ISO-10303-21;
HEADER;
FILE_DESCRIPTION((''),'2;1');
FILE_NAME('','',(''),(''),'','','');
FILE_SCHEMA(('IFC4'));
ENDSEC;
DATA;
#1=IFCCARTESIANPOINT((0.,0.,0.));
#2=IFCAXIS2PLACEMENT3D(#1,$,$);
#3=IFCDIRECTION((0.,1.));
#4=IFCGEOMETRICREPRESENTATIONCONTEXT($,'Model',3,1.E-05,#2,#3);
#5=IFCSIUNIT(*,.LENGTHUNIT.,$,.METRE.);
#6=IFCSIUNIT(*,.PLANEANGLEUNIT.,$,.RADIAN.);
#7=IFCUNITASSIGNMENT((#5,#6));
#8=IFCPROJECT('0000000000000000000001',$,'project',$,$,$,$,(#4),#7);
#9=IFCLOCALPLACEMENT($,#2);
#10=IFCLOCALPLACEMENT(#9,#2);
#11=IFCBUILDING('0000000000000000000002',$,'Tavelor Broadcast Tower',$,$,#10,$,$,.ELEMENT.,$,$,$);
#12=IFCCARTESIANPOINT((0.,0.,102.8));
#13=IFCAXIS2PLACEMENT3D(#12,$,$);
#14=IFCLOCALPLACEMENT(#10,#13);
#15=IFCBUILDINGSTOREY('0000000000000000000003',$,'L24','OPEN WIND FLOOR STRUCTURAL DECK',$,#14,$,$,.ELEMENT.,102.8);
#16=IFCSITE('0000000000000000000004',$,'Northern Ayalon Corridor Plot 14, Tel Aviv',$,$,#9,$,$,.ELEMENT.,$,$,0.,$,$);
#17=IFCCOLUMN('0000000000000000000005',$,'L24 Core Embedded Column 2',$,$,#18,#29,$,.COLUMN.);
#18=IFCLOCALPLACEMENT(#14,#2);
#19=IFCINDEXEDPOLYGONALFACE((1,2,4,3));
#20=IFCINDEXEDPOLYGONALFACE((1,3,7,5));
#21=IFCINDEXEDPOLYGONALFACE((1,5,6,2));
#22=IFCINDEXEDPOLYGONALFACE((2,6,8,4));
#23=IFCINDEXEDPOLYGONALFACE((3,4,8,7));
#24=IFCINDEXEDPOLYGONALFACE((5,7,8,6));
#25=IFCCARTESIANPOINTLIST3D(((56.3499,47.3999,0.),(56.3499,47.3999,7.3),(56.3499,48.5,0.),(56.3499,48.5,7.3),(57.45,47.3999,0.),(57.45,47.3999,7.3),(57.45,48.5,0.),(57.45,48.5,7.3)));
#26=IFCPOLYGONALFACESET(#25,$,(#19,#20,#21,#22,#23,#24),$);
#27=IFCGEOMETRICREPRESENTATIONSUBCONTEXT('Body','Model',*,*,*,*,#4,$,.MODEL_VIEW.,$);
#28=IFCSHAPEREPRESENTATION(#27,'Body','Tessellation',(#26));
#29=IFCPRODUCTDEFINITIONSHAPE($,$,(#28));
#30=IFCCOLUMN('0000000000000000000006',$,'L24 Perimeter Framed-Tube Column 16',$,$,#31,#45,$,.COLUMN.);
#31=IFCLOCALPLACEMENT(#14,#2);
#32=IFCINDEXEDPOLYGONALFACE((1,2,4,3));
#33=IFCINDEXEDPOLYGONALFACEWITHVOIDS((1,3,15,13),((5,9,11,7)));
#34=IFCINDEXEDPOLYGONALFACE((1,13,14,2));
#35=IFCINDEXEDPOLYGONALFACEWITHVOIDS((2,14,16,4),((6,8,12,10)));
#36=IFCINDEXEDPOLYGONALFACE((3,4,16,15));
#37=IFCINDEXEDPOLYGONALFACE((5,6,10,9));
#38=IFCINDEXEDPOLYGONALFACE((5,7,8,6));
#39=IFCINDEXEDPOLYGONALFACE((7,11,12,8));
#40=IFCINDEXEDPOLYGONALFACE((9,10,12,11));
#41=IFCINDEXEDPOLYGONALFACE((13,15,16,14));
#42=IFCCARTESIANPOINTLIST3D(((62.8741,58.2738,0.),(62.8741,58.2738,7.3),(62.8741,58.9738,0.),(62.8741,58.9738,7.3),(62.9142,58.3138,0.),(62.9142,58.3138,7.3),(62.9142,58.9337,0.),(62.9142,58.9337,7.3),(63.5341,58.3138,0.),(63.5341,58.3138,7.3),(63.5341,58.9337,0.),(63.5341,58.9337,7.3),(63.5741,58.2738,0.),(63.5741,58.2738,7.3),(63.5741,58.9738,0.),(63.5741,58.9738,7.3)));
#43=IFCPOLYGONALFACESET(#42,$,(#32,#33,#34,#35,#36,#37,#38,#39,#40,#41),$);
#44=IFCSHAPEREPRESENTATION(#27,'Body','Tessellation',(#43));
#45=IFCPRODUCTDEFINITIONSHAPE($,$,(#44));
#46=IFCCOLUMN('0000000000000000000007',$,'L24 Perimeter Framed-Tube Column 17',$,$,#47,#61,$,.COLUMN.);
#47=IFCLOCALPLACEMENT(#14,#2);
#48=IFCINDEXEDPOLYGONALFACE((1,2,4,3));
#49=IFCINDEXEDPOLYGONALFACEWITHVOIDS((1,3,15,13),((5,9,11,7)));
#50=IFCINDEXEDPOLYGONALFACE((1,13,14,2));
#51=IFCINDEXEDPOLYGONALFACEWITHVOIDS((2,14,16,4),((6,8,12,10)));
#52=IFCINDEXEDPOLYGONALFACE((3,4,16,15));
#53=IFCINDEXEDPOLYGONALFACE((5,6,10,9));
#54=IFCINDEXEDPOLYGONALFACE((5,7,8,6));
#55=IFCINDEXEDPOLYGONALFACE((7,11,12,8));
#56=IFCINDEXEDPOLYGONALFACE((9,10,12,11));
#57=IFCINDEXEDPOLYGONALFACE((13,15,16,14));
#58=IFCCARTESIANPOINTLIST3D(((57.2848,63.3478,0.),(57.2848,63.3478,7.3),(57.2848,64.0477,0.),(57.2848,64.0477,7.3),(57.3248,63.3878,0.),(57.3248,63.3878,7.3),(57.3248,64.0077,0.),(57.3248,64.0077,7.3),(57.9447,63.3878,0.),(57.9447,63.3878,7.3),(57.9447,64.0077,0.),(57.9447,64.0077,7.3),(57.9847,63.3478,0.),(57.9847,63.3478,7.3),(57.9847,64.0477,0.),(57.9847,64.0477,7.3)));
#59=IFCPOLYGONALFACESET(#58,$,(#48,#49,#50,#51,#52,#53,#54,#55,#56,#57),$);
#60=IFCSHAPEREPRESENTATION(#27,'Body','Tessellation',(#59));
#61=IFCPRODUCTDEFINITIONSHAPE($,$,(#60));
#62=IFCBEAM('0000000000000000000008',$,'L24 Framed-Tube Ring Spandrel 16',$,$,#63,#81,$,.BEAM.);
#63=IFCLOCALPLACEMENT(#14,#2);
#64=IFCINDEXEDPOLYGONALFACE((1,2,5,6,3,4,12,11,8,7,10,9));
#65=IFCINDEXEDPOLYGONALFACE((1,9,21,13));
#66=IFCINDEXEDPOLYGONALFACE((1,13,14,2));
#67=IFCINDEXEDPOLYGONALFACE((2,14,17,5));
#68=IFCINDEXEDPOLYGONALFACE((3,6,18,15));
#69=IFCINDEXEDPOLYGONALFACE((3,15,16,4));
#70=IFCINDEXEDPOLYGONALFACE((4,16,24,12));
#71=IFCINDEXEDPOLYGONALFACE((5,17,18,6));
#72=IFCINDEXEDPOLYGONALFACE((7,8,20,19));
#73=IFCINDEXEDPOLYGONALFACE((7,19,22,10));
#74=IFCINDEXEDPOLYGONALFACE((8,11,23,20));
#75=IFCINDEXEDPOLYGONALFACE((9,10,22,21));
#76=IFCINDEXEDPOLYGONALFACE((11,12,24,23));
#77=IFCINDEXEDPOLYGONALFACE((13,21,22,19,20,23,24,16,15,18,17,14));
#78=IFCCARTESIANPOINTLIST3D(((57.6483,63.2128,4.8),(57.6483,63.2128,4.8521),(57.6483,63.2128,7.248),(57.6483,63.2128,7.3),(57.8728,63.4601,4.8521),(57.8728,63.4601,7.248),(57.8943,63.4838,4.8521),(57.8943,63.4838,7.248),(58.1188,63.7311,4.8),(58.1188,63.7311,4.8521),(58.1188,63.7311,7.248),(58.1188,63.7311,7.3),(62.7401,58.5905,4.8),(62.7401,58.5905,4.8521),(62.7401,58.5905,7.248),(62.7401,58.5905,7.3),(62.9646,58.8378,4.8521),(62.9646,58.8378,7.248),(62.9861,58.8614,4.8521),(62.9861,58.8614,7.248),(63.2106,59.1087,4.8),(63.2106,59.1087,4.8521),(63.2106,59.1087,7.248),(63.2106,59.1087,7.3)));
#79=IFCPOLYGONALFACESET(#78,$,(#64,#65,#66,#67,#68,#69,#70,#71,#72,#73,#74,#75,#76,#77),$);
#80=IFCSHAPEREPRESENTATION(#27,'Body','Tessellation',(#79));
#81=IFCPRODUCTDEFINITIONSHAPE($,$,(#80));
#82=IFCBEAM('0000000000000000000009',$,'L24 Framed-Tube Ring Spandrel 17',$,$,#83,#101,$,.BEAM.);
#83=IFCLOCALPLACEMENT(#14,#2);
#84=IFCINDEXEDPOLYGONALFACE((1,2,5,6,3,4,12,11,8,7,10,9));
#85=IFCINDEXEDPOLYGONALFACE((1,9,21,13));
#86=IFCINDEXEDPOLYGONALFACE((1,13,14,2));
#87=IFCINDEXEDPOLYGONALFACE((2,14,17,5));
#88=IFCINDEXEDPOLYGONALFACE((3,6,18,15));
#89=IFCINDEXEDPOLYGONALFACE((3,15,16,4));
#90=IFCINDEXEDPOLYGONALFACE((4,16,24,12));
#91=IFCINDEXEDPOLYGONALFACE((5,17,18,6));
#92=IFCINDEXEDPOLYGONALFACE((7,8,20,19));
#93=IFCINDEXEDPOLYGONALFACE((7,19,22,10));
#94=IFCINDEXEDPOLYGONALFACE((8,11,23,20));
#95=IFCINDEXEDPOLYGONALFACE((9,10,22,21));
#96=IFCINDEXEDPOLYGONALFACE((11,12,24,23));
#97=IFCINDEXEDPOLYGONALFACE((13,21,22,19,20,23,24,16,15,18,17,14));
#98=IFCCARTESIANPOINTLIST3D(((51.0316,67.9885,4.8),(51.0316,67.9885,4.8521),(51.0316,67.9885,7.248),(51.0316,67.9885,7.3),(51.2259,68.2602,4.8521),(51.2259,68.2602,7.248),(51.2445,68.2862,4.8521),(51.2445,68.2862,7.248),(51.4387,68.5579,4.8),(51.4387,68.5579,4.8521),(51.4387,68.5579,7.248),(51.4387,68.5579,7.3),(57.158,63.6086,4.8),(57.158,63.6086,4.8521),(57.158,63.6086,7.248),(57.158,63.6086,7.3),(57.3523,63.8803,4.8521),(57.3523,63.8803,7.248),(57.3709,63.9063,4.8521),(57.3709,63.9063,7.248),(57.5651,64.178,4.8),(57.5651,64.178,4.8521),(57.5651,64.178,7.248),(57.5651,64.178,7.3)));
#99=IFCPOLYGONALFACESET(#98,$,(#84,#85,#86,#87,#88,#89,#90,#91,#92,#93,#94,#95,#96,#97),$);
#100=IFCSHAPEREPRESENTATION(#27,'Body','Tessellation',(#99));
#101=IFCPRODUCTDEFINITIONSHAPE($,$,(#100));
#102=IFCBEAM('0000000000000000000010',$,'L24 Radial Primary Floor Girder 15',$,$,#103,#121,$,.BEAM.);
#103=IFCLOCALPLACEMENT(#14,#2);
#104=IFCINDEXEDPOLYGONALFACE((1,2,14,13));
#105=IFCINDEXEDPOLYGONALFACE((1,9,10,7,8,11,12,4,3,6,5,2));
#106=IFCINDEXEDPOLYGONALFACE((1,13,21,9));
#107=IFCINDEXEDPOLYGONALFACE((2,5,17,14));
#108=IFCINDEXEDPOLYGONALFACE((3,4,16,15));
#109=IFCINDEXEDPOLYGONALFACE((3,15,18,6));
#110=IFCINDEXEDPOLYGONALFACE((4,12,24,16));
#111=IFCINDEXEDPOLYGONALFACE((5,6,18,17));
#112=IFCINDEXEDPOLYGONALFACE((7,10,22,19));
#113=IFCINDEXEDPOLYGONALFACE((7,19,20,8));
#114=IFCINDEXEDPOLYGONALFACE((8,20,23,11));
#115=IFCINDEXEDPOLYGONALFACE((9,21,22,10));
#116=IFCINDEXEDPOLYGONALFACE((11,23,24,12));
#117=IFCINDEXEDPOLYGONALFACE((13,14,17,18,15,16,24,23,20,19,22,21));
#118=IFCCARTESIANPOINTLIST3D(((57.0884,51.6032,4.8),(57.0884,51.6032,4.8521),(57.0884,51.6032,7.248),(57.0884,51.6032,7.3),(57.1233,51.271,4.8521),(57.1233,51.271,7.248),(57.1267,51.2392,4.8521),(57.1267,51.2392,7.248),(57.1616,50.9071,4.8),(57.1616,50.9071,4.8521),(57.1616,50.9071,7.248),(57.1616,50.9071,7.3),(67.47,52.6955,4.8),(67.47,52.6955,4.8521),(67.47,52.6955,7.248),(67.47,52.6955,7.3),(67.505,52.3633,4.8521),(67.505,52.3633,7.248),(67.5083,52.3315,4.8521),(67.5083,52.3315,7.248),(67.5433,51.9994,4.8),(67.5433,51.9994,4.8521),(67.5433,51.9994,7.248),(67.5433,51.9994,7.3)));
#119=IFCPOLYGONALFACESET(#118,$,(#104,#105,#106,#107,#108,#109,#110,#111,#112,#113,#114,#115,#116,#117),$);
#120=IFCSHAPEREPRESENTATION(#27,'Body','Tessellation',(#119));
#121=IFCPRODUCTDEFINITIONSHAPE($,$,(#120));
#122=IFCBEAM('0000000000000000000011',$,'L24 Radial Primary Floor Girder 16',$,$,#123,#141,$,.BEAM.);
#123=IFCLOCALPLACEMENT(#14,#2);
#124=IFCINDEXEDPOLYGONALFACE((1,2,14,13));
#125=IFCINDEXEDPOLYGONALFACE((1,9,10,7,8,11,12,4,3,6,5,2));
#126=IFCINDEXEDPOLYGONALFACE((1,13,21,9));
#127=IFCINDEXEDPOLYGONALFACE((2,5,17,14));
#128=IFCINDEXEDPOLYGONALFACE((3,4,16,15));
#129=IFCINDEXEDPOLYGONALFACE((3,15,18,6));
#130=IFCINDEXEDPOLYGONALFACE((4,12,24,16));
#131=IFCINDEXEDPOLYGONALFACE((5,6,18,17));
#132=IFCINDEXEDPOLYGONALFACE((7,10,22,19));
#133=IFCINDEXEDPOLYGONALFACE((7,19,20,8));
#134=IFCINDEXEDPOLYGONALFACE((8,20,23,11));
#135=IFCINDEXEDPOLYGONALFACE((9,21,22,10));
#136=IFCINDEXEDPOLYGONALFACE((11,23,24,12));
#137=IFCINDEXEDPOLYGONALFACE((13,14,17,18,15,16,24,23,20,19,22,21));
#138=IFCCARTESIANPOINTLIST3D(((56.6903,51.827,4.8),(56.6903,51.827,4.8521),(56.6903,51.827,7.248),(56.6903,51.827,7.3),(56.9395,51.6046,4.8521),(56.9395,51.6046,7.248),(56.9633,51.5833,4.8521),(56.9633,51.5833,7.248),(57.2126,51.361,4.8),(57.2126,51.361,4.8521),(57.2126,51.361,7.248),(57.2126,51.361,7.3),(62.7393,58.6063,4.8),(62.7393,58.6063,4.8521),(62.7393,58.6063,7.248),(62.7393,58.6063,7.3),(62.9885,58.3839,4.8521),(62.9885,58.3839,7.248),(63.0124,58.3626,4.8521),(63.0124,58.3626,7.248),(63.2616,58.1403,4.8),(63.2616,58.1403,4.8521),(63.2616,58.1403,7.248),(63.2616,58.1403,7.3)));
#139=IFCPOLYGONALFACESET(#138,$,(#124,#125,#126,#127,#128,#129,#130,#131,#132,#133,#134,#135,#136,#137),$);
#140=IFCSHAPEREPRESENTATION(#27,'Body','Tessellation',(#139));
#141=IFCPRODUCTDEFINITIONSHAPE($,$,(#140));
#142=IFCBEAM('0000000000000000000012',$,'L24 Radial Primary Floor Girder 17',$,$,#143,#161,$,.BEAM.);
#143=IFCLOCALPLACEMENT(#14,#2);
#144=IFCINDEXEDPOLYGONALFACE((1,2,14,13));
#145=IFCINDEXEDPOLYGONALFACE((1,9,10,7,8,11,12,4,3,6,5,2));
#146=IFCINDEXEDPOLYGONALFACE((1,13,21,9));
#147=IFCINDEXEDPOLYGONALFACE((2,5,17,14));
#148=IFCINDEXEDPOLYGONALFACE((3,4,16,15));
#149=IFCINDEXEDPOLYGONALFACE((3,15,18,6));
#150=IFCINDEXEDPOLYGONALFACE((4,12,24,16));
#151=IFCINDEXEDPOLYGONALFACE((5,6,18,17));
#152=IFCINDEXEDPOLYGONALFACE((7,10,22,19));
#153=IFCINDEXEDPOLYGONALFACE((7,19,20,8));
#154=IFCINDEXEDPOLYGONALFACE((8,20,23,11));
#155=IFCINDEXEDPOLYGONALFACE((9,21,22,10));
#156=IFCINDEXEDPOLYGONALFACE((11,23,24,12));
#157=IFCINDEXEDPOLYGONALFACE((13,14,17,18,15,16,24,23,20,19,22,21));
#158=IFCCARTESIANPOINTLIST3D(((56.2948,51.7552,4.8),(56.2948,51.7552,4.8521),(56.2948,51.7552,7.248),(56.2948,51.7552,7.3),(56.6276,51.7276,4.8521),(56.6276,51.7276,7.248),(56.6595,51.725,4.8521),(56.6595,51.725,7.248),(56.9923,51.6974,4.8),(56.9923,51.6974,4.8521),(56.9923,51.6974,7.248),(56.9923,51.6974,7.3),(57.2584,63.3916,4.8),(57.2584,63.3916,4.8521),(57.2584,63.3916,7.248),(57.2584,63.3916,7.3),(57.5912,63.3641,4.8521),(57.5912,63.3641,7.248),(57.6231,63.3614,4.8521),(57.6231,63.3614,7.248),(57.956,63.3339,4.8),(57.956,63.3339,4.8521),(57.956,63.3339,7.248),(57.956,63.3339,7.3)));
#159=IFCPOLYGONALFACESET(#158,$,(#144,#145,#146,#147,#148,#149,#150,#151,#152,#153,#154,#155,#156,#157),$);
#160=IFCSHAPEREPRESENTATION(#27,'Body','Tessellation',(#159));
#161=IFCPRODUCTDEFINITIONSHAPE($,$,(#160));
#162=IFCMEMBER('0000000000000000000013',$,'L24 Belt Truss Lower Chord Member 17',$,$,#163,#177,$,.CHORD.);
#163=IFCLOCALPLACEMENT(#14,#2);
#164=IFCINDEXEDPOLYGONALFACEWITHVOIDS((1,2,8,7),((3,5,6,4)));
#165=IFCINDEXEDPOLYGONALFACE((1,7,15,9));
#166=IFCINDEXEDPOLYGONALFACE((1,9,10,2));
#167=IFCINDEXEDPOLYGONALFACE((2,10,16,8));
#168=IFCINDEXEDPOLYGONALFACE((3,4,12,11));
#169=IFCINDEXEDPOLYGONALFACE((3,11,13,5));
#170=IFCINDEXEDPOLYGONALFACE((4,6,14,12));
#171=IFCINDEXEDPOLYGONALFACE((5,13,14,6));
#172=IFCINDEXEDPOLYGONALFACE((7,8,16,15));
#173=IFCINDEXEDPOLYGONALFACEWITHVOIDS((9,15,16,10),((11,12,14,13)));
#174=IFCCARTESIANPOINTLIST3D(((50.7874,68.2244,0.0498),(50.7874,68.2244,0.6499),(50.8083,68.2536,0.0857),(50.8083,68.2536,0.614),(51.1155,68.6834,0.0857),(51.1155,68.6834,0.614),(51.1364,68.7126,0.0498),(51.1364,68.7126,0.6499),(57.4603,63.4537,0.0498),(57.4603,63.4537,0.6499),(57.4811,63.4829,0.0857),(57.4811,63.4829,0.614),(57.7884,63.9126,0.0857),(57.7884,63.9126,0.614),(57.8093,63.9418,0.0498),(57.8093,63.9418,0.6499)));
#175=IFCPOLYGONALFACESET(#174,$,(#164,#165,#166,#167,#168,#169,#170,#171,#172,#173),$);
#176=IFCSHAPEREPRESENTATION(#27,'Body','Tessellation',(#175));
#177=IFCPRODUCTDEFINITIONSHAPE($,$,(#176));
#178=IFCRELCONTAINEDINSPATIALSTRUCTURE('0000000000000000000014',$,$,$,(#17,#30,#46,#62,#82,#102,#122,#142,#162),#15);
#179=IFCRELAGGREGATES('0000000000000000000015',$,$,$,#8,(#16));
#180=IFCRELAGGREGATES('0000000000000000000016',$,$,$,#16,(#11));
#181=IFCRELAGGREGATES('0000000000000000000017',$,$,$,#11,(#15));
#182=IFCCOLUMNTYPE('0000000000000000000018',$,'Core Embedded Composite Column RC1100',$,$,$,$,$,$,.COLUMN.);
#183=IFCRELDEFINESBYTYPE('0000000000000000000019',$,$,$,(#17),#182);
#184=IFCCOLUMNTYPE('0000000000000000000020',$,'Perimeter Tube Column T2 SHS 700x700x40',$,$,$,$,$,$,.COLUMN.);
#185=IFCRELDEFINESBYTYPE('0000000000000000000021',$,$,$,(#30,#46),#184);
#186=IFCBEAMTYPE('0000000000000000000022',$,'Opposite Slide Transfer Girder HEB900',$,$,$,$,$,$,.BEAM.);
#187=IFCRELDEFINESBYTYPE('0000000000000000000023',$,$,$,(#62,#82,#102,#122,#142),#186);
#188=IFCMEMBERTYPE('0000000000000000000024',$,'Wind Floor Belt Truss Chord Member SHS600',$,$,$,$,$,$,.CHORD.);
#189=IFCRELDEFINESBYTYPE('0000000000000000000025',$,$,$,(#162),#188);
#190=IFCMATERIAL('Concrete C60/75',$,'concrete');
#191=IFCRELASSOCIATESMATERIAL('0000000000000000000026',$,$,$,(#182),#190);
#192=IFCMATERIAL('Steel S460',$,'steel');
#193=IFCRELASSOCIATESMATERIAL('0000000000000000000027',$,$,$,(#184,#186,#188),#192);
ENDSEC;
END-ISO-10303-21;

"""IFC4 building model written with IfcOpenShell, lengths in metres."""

from ifc_helpers import new_model, si_unit, direction, frame, origin, origin_2d, place, context, subcontext, project, spatial, rectangle, hollow_rectangle, i_section, extrude, material, material_profile, profile_set, type_object, element, save


model = new_model("IFC4")

# Units and contexts
model_context = context("Model", 3, precision=1e-05, world=origin(), true_north=direction((0.0, 1.0)))
body_context = subcontext(model_context, "Body", "Model", "MODEL_VIEW")
ifc_project = project(units=[si_unit("LENGTHUNIT", "METRE"), si_unit("PLANEANGLEUNIT", "RADIAN")], contexts=[model_context])

# Site, building, storey
site_placement = place(None, origin())
site = spatial("IfcSite", under=ifc_project, at=site_placement, Name="Northern Ayalon Corridor Plot 14, Tel Aviv", CompositionType="ELEMENT", RefElevation=0.0)
building_placement = place(site_placement, origin())
building = spatial("IfcBuilding", under=site, at=building_placement, Name="Tavelor Broadcast Tower", CompositionType="ELEMENT")
storey_placement = place(building_placement, frame((0.0, 0.0, 102.8)))
storey = spatial("IfcBuildingStorey", under=building, at=storey_placement, Name="L24", Description="OPEN WIND FLOOR STRUCTURAL DECK", CompositionType="ELEMENT", Elevation=102.8)

# Columns
ifc_material_1 = material(Name="Concrete C60/75", Category="concrete")
ifc_material_profile_1 = material_profile(ifc_material_1, rectangle(XDim=1.1001, YDim=1.1001, at=origin_2d()), Name="RC 1100x1100")
ifc_profile_set_1 = profile_set([ifc_material_profile_1], Name="Concrete C60/75")
column_type_1 = type_object("IfcColumnType", Name="Core Embedded Composite Column RC1100", PredefinedType="COLUMN", material=ifc_profile_set_1)
column_placement = place(storey_placement, frame((56.8999, 47.95, 0.0), z_axis=(0.0, 0.0, 1.0), x_axis=(1.0, 0.0, 0.0)))
element("IfcColumn", 1, at=column_placement, inside=storey, type_object=column_type_1, Name="L24 Core Embedded Column 2", PredefinedType="COLUMN", context=body_context, shape_type="SweptSolid", body=[
    extrude(rectangle(XDim=1.1001, YDim=1.1001, at=origin_2d()), origin(), (0.0, 0.0, 1.0), 7.3),
])
ifc_material_2 = material(Name="Steel S460", Category="steel")
ifc_material_profile_2 = material_profile(ifc_material_2, hollow_rectangle(XDim=0.7, YDim=0.7, WallThickness=0.04, at=origin_2d()), Name="SHS 700x700x40")
ifc_profile_set_2 = profile_set([ifc_material_profile_2], Name="Steel S460")
column_type_2 = type_object("IfcColumnType", Name="Perimeter Tube Column T2 SHS 700x700x40", PredefinedType="COLUMN", material=ifc_profile_set_2)
for number, where, z_axis, x_axis, name in (
    (2, (63.2241, 58.6238, 0.0), (0.0, 0.0, 1.0), (1.0, 0.0, 0.0), "L24 Perimeter Framed-Tube Column 16"),
    (3, (57.6348, 63.6978, 0.0), (0.0, 0.0, 1.0), (1.0, 0.0, 0.0), "L24 Perimeter Framed-Tube Column 17"),
):
    element("IfcColumn", number, at=place(storey_placement, frame(where, z_axis=z_axis, x_axis=x_axis)), inside=storey, type_object=column_type_2, Name=name, PredefinedType="COLUMN", context=body_context, shape_type="SweptSolid", body=[
        extrude(hollow_rectangle(XDim=0.7, YDim=0.7, WallThickness=0.04, at=origin_2d()), origin(), (0.0, 0.0, 1.0), 7.3),
    ])

# Beams
ifc_material_profile_3 = material_profile(ifc_material_2, i_section(OverallWidth=0.7, OverallDepth=2.5, WebThickness=0.032, FlangeThickness=0.052, at=origin_2d()), Name="PG 2500x700")
ifc_profile_set_3 = profile_set([ifc_material_profile_3], Name="Steel S460")
beam_type = type_object("IfcBeamType", Name="Opposite Slide Transfer Girder HEB900", PredefinedType="BEAM", material=ifc_profile_set_3)
beam_1_placement = place(storey_placement, frame((62.9753, 58.8496, 6.05), z_axis=(-0.740417, 0.672148, 0.0), x_axis=(-0.672148, -0.740417, 0.0)))
element("IfcBeam", 4, at=beam_1_placement, inside=storey, type_object=beam_type, Name="L24 Framed-Tube Ring Spandrel 16", PredefinedType="BEAM", context=body_context, shape_type="SweptSolid", body=[
    extrude(i_section(OverallWidth=0.7, OverallDepth=2.5, WebThickness=0.032, FlangeThickness=0.052, at=origin_2d()), origin(), (0.0, 0.0, 1.0), 6.877),
])
beam_2_placement = place(storey_placement, frame((57.3616, 63.8933, 6.05), z_axis=(-0.813492, 0.581575, 0.0), x_axis=(-0.581575, -0.813492, 0.0)))
element("IfcBeam", 5, at=beam_2_placement, inside=storey, type_object=beam_type, Name="L24 Framed-Tube Ring Spandrel 17", PredefinedType="BEAM", context=body_context, shape_type="SweptSolid", body=[
    extrude(i_section(OverallWidth=0.7, OverallDepth=2.5, WebThickness=0.032, FlangeThickness=0.052, at=origin_2d()), origin(), (0.0, 0.0, 1.0), 7.531),
])
beam_3_placement = place(storey_placement, frame((57.125, 51.2551, 6.05), z_axis=(0.994511, 0.104636, 0.0), x_axis=(-0.104636, 0.994511, 0.0)))
element("IfcBeam", 6, at=beam_3_placement, inside=storey, type_object=beam_type, Name="L24 Radial Primary Floor Girder 15", PredefinedType="BEAM", context=body_context, shape_type="SweptSolid", body=[
    extrude(i_section(OverallWidth=0.7, OverallDepth=2.5, WebThickness=0.032, FlangeThickness=0.052, at=origin_2d()), origin(), (0.0, 0.0, 1.0), 10.439),
])
beam_4_placement = place(storey_placement, frame((56.9514, 51.594, 6.05), z_axis=(0.665779, 0.746149, 0.0), x_axis=(-0.746149, 0.665779, 0.0)))
element("IfcBeam", 7, at=beam_4_placement, inside=storey, type_object=beam_type, Name="L24 Radial Primary Floor Girder 16", PredefinedType="BEAM", context=body_context, shape_type="SweptSolid", body=[
    extrude(i_section(OverallWidth=0.7, OverallDepth=2.5, WebThickness=0.032, FlangeThickness=0.052, at=origin_2d()), origin(), (0.0, 0.0, 1.0), 9.0857),
])
beam_5_placement = place(storey_placement, frame((56.6436, 51.7263, 6.05), z_axis=(0.082528, 0.996589, 0.0), x_axis=(-0.996589, 0.082528, 0.0)))
element("IfcBeam", 8, at=beam_5_placement, inside=storey, type_object=beam_type, Name="L24 Radial Primary Floor Girder 17", PredefinedType="BEAM", context=body_context, shape_type="SweptSolid", body=[
    extrude(i_section(OverallWidth=0.7, OverallDepth=2.5, WebThickness=0.032, FlangeThickness=0.052, at=origin_2d()), origin(), (0.0, 0.0, 1.0), 11.6763),
])

# Member
ifc_material_profile_4 = material_profile(ifc_material_2, hollow_rectangle(XDim=0.6001, YDim=0.6001, WallThickness=0.0359, at=origin_2d()), Name="SHS 600x600x36")
ifc_profile_set_4 = profile_set([ifc_material_profile_4], Name="Steel S460")
member_type_1 = type_object("IfcMemberType", Name="Wind Floor Belt Truss Chord Member SHS600", PredefinedType="CHORD", material=ifc_profile_set_4)
member_1_placement = place(storey_placement, frame((57.6348, 63.6978, 0.3499), z_axis=(-0.813478, 0.581596, 0.0), x_axis=(-0.581596, -0.813478, 0.0)))
element("IfcMember", 9, at=member_1_placement, inside=storey, type_object=member_type_1, Name="L24 Belt Truss Lower Chord Member 17", PredefinedType="CHORD", context=body_context, shape_type="SweptSolid", body=[
    extrude(hollow_rectangle(XDim=0.6001, YDim=0.6001, WallThickness=0.0359, at=origin_2d()), origin(), (0.0, 0.0, 1.0), 8.2029),
])

save(model, "model.ifc")
